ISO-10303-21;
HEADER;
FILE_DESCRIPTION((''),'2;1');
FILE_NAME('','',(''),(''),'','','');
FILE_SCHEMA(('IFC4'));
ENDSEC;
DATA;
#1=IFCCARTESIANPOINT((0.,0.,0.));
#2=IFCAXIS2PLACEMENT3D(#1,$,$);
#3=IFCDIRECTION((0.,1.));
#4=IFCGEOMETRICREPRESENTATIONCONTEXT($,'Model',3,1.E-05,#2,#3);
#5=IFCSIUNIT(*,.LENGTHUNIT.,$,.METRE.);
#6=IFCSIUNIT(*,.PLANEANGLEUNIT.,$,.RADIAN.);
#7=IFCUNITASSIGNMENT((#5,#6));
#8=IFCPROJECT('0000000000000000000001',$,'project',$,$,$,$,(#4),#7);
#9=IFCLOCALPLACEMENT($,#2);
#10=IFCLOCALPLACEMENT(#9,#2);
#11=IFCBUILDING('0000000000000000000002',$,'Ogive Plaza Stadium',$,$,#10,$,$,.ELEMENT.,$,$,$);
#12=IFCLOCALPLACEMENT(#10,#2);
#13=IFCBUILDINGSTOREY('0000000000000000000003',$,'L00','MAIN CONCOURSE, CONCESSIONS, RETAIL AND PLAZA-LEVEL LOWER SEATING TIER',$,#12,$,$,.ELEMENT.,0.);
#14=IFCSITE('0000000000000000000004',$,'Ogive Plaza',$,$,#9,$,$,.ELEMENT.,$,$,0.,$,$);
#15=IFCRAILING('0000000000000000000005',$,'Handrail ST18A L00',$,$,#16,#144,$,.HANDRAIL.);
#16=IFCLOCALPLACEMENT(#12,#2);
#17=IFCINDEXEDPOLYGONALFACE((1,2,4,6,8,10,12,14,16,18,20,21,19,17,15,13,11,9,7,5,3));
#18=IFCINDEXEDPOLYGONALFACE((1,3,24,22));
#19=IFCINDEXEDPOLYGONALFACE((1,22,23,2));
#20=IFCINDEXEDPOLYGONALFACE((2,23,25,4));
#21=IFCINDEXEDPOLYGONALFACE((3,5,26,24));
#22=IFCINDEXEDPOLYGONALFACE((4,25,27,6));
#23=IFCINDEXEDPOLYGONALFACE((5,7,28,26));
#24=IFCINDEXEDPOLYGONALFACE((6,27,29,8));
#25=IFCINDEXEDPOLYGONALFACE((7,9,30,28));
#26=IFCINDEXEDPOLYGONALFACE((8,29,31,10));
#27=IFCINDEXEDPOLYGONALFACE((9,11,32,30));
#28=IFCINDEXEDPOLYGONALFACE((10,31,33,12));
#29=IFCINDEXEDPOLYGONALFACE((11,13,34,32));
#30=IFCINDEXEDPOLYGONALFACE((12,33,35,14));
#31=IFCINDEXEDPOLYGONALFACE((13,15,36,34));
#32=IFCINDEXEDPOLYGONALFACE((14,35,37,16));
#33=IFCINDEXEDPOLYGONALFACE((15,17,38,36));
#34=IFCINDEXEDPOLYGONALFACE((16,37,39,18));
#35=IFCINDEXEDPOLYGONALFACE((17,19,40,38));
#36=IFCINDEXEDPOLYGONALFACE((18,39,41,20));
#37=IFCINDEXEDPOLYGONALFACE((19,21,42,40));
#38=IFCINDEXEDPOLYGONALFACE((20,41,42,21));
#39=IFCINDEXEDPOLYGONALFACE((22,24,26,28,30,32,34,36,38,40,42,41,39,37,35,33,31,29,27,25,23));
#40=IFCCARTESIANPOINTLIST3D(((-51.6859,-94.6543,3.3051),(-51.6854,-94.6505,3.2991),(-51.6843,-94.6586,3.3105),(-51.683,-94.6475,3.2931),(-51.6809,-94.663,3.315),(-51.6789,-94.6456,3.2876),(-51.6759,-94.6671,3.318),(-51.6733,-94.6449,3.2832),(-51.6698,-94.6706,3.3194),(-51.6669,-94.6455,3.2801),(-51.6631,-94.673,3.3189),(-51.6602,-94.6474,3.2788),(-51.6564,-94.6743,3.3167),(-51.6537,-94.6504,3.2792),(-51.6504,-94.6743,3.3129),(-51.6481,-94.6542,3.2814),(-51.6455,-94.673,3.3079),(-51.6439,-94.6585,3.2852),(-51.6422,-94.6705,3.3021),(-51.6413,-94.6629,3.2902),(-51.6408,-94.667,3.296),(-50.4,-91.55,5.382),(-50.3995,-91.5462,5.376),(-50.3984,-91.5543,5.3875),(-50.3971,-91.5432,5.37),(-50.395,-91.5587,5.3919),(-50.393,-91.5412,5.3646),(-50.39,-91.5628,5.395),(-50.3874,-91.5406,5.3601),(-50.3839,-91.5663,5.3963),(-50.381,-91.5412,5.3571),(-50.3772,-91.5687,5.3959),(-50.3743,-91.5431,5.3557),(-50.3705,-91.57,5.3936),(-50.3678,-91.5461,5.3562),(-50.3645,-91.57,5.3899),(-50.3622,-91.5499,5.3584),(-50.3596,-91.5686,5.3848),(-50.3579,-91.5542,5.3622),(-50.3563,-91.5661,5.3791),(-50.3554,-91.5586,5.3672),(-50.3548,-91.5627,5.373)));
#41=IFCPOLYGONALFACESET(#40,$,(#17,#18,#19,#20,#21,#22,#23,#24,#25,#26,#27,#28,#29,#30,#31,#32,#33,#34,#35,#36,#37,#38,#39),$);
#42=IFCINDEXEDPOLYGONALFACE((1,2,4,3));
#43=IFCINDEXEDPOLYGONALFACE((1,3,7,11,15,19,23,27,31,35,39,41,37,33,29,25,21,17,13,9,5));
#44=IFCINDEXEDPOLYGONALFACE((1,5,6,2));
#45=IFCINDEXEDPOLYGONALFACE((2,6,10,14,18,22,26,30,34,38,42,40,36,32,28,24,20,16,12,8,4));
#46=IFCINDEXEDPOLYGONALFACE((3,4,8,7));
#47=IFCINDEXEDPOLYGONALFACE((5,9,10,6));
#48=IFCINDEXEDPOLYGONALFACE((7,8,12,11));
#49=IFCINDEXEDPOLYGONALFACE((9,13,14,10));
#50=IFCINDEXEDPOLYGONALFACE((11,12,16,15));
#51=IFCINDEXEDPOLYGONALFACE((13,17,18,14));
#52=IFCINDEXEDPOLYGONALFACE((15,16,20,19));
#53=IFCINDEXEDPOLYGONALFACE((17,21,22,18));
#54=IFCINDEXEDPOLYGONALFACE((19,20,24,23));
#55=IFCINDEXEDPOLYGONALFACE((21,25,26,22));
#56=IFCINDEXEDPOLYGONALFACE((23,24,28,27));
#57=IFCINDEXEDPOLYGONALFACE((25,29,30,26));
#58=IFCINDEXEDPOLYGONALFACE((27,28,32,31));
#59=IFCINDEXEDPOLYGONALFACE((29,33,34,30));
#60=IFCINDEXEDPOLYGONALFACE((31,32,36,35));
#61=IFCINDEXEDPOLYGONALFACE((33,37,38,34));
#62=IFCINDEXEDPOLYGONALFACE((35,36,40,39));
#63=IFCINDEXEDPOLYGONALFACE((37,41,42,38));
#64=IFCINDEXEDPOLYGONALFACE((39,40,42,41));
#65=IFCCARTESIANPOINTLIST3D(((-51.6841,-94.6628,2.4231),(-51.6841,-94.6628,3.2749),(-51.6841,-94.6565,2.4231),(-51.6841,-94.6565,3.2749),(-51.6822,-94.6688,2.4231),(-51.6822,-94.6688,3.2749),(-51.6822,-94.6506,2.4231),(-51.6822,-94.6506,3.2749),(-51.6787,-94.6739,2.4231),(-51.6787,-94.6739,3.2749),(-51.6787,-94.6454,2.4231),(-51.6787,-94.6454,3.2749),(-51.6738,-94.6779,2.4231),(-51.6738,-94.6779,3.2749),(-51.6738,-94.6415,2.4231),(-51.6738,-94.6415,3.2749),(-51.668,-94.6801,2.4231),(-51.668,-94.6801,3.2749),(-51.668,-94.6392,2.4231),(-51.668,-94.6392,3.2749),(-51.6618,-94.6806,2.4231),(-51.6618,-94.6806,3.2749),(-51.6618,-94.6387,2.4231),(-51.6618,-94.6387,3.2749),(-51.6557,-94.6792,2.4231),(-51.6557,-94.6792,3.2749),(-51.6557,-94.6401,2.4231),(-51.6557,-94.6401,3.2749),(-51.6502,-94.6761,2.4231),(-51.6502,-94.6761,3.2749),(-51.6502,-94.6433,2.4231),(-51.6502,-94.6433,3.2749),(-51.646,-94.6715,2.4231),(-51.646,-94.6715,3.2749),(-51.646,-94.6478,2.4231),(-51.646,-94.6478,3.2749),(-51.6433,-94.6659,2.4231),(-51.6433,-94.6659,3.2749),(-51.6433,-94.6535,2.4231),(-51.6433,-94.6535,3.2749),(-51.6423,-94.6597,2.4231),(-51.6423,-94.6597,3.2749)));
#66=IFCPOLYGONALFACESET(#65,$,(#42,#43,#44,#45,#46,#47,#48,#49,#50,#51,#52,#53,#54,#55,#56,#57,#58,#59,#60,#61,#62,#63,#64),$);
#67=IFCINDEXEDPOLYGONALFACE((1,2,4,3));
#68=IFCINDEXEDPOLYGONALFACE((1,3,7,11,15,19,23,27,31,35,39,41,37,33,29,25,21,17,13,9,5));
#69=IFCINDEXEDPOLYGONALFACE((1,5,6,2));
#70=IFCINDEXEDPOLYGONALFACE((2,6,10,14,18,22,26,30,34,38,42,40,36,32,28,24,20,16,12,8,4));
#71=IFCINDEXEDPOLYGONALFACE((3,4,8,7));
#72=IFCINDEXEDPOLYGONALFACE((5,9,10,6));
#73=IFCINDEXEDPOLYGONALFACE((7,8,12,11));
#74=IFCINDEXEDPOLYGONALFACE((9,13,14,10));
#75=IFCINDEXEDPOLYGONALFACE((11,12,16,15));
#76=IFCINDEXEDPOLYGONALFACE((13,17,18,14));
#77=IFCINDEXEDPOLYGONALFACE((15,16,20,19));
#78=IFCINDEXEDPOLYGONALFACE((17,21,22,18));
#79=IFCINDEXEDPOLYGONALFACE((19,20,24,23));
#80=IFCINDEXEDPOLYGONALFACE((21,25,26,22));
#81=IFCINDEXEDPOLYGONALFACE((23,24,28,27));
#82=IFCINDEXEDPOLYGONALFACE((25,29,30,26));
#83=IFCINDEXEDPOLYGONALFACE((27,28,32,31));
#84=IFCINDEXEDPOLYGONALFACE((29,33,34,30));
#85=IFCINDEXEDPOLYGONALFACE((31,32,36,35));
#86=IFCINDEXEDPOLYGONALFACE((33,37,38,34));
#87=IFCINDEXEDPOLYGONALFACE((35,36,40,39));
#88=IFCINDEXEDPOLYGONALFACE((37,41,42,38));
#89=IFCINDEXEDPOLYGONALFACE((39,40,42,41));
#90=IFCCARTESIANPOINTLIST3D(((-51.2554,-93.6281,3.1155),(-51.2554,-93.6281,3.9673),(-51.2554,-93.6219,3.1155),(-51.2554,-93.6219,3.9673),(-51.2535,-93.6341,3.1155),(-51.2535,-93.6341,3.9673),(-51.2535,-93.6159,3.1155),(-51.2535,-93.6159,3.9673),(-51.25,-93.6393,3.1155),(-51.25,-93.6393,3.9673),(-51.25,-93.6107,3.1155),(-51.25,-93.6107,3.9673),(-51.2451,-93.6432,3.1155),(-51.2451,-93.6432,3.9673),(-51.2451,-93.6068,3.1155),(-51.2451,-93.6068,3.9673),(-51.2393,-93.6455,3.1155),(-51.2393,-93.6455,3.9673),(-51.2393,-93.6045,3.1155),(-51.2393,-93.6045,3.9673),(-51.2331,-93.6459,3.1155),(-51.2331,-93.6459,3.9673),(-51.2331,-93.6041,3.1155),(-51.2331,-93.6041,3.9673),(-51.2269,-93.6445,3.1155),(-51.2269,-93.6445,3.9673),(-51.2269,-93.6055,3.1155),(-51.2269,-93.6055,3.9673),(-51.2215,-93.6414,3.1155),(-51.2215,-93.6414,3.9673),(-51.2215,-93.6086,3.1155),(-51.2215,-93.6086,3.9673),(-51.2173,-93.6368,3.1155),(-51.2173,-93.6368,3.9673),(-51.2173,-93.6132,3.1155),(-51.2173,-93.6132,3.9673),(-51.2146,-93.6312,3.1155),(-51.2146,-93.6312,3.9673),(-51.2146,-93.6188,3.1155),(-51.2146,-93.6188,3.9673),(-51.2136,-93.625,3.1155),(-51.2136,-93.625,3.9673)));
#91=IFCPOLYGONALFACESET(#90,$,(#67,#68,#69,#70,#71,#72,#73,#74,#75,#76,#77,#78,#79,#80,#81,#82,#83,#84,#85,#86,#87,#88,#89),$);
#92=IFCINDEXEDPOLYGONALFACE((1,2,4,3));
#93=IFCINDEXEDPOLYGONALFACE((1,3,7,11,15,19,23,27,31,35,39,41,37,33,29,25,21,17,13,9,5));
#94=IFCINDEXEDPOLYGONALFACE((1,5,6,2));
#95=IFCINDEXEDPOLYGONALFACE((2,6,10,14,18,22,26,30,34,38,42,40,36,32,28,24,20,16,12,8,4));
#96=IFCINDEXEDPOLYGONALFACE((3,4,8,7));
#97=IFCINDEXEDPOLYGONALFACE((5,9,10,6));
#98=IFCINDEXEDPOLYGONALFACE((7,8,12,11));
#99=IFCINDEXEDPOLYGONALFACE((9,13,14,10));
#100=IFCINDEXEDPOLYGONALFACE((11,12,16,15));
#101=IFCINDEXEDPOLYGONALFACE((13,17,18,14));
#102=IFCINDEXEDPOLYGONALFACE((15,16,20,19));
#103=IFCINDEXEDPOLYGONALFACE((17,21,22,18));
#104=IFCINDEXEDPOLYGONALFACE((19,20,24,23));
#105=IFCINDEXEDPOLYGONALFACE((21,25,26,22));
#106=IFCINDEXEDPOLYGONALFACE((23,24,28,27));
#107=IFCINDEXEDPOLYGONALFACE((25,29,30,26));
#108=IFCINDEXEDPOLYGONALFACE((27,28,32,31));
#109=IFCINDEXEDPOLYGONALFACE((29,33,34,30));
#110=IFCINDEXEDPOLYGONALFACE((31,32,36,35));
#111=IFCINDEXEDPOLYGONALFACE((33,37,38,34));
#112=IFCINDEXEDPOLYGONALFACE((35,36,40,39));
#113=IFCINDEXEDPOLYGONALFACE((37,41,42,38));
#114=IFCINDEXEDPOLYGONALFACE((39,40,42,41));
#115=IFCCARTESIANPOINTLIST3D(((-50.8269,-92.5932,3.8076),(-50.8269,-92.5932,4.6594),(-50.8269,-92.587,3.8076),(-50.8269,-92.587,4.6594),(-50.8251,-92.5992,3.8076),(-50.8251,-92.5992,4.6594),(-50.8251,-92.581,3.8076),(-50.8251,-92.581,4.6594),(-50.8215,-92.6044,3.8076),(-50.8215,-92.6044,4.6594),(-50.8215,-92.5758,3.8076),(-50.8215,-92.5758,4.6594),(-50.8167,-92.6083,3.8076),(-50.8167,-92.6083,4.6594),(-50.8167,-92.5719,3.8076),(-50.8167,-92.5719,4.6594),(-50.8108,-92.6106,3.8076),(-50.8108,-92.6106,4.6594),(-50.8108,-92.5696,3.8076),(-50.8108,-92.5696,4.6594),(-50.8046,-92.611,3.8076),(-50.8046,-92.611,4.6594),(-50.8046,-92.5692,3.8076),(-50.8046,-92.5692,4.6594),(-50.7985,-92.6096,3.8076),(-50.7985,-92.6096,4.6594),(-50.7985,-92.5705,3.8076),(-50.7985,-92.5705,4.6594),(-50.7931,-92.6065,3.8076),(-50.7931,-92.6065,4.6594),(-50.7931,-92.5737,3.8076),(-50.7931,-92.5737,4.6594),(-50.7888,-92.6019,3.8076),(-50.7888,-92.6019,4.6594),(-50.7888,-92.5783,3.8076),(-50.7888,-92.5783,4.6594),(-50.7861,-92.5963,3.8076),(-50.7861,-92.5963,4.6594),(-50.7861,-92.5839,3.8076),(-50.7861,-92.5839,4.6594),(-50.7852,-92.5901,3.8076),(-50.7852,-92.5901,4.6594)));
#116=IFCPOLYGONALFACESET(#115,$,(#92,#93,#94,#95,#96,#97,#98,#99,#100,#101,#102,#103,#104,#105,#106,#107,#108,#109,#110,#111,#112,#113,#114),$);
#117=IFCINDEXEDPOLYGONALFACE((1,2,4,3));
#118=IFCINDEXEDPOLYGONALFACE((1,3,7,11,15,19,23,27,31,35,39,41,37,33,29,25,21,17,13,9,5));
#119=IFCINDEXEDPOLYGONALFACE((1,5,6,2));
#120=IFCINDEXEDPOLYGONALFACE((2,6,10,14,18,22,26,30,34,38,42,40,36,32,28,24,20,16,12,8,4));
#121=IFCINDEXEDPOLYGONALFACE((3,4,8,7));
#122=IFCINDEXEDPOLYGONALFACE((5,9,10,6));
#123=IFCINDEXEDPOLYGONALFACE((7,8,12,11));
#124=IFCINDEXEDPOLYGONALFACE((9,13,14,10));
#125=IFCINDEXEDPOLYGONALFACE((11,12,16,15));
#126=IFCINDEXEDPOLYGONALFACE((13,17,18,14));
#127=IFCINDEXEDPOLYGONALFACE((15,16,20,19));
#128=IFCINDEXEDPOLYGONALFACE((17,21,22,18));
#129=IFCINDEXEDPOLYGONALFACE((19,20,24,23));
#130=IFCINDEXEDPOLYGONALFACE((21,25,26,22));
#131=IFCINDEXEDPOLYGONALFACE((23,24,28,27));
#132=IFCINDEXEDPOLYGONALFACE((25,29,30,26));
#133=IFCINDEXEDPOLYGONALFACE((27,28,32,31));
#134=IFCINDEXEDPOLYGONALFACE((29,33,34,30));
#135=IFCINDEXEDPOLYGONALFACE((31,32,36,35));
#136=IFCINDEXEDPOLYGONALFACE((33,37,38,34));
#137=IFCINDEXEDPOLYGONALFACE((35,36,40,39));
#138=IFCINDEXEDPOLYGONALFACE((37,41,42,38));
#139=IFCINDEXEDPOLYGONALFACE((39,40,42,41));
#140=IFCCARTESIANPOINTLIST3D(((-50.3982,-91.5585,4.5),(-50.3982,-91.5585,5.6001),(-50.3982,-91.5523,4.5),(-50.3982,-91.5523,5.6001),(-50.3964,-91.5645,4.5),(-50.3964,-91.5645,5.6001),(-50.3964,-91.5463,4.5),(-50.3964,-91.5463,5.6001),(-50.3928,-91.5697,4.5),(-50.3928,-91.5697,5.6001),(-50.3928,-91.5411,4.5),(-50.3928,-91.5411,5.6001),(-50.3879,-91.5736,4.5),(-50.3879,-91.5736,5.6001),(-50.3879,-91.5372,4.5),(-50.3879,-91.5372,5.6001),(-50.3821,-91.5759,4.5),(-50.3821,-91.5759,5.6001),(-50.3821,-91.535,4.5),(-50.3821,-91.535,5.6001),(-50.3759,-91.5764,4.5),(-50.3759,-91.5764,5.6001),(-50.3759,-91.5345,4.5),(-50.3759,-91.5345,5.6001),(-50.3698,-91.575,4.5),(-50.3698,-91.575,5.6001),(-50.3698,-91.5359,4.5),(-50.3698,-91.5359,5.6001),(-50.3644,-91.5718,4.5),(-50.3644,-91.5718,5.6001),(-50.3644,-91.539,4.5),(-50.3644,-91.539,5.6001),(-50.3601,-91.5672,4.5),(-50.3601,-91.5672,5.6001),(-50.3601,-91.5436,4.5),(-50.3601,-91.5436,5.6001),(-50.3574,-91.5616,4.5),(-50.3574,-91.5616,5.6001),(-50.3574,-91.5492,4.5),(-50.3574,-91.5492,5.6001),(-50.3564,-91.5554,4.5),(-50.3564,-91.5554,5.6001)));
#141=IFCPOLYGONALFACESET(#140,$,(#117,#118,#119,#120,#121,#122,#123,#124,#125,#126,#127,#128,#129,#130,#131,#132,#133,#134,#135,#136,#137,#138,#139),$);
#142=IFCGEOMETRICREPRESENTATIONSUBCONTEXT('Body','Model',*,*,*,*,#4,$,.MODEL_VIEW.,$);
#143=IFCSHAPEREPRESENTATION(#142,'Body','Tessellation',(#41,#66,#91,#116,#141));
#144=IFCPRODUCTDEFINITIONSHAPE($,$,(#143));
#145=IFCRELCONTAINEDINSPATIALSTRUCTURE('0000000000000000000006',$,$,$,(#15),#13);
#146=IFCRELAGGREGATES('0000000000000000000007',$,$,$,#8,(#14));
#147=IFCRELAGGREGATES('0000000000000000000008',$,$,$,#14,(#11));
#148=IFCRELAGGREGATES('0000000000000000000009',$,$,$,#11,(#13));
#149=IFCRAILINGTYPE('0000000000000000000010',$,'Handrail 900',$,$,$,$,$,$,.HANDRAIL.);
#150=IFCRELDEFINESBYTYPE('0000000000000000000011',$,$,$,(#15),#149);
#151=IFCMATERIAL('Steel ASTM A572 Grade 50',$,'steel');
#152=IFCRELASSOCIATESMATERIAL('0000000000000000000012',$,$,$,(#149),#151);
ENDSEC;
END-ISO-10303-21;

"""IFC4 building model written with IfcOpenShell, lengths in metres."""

from ifc_helpers import new_model, si_unit, direction, frame, origin, origin_2d, place, context, subcontext, project, spatial, circle, extrude, material, type_object, element, save


model = new_model("IFC4")

# Units and contexts
model_context = context("Model", 3, precision=1e-05, world=origin(), true_north=direction((0.0, 1.0)))
body_context = subcontext(model_context, "Body", "Model", "MODEL_VIEW")
ifc_project = project(units=[si_unit("LENGTHUNIT", "METRE"), si_unit("PLANEANGLEUNIT", "RADIAN")], contexts=[model_context])

# Site, building, storey
site_placement = place(None, origin())
site = spatial("IfcSite", under=ifc_project, at=site_placement, Name="Ogive Plaza", CompositionType="ELEMENT", RefElevation=0.0)
building_placement = place(site_placement, origin())
building = spatial("IfcBuilding", under=site, at=building_placement, Name="Ogive Plaza Stadium", CompositionType="ELEMENT")
storey_placement = place(building_placement, origin())
storey = spatial("IfcBuildingStorey", under=building, at=storey_placement, Name="L00", Description="MAIN CONCOURSE, CONCESSIONS, RETAIL AND PLAZA-LEVEL LOWER SEATING TIER", CompositionType="ELEMENT", Elevation=0.0)

# Railing
ifc_material_1 = material(Name="Steel ASTM A572 Grade 50", Category="steel")
railing_type_1 = type_object("IfcRailingType", Name="Handrail 900", PredefinedType="HANDRAIL", material=ifc_material_1)
railing_1_placement = place(storey_placement, frame((-51.6633, -94.6597, 2.4231)))
element("IfcRailing", 1, at=railing_1_placement, inside=storey, type_object=railing_type_1, Name="Handrail ST18A L00", PredefinedType="HANDRAIL", context=body_context, shape_type="SweptSolid", body=[
    extrude(circle(Radius=0.0239, at=origin_2d()), frame((0.0, 0.0, 0.876), z_axis=(0.325532, 0.785863, 0.525783), x_axis=(-0.923872, 0.3827, 0.0)), (0.0, 0.0, 1.0), 3.9502),
    extrude(circle(Radius=0.021, at=origin_2d()), origin(), (0.0, 0.0, 1.0), 0.8518),
    extrude(circle(Radius=0.021, at=origin_2d()), frame((0.4287, 1.0347, 0.6924)), (0.0, 0.0, 1.0), 0.8518),
    extrude(circle(Radius=0.021, at=origin_2d()), frame((0.8572, 2.0696, 1.3845)), (0.0, 0.0, 1.0), 0.8518),
    extrude(circle(Radius=0.021, at=origin_2d()), frame((1.2859, 3.1042, 2.0769)), (0.0, 0.0, 1.0), 1.1001),
])

save(model, "model.ifc")
